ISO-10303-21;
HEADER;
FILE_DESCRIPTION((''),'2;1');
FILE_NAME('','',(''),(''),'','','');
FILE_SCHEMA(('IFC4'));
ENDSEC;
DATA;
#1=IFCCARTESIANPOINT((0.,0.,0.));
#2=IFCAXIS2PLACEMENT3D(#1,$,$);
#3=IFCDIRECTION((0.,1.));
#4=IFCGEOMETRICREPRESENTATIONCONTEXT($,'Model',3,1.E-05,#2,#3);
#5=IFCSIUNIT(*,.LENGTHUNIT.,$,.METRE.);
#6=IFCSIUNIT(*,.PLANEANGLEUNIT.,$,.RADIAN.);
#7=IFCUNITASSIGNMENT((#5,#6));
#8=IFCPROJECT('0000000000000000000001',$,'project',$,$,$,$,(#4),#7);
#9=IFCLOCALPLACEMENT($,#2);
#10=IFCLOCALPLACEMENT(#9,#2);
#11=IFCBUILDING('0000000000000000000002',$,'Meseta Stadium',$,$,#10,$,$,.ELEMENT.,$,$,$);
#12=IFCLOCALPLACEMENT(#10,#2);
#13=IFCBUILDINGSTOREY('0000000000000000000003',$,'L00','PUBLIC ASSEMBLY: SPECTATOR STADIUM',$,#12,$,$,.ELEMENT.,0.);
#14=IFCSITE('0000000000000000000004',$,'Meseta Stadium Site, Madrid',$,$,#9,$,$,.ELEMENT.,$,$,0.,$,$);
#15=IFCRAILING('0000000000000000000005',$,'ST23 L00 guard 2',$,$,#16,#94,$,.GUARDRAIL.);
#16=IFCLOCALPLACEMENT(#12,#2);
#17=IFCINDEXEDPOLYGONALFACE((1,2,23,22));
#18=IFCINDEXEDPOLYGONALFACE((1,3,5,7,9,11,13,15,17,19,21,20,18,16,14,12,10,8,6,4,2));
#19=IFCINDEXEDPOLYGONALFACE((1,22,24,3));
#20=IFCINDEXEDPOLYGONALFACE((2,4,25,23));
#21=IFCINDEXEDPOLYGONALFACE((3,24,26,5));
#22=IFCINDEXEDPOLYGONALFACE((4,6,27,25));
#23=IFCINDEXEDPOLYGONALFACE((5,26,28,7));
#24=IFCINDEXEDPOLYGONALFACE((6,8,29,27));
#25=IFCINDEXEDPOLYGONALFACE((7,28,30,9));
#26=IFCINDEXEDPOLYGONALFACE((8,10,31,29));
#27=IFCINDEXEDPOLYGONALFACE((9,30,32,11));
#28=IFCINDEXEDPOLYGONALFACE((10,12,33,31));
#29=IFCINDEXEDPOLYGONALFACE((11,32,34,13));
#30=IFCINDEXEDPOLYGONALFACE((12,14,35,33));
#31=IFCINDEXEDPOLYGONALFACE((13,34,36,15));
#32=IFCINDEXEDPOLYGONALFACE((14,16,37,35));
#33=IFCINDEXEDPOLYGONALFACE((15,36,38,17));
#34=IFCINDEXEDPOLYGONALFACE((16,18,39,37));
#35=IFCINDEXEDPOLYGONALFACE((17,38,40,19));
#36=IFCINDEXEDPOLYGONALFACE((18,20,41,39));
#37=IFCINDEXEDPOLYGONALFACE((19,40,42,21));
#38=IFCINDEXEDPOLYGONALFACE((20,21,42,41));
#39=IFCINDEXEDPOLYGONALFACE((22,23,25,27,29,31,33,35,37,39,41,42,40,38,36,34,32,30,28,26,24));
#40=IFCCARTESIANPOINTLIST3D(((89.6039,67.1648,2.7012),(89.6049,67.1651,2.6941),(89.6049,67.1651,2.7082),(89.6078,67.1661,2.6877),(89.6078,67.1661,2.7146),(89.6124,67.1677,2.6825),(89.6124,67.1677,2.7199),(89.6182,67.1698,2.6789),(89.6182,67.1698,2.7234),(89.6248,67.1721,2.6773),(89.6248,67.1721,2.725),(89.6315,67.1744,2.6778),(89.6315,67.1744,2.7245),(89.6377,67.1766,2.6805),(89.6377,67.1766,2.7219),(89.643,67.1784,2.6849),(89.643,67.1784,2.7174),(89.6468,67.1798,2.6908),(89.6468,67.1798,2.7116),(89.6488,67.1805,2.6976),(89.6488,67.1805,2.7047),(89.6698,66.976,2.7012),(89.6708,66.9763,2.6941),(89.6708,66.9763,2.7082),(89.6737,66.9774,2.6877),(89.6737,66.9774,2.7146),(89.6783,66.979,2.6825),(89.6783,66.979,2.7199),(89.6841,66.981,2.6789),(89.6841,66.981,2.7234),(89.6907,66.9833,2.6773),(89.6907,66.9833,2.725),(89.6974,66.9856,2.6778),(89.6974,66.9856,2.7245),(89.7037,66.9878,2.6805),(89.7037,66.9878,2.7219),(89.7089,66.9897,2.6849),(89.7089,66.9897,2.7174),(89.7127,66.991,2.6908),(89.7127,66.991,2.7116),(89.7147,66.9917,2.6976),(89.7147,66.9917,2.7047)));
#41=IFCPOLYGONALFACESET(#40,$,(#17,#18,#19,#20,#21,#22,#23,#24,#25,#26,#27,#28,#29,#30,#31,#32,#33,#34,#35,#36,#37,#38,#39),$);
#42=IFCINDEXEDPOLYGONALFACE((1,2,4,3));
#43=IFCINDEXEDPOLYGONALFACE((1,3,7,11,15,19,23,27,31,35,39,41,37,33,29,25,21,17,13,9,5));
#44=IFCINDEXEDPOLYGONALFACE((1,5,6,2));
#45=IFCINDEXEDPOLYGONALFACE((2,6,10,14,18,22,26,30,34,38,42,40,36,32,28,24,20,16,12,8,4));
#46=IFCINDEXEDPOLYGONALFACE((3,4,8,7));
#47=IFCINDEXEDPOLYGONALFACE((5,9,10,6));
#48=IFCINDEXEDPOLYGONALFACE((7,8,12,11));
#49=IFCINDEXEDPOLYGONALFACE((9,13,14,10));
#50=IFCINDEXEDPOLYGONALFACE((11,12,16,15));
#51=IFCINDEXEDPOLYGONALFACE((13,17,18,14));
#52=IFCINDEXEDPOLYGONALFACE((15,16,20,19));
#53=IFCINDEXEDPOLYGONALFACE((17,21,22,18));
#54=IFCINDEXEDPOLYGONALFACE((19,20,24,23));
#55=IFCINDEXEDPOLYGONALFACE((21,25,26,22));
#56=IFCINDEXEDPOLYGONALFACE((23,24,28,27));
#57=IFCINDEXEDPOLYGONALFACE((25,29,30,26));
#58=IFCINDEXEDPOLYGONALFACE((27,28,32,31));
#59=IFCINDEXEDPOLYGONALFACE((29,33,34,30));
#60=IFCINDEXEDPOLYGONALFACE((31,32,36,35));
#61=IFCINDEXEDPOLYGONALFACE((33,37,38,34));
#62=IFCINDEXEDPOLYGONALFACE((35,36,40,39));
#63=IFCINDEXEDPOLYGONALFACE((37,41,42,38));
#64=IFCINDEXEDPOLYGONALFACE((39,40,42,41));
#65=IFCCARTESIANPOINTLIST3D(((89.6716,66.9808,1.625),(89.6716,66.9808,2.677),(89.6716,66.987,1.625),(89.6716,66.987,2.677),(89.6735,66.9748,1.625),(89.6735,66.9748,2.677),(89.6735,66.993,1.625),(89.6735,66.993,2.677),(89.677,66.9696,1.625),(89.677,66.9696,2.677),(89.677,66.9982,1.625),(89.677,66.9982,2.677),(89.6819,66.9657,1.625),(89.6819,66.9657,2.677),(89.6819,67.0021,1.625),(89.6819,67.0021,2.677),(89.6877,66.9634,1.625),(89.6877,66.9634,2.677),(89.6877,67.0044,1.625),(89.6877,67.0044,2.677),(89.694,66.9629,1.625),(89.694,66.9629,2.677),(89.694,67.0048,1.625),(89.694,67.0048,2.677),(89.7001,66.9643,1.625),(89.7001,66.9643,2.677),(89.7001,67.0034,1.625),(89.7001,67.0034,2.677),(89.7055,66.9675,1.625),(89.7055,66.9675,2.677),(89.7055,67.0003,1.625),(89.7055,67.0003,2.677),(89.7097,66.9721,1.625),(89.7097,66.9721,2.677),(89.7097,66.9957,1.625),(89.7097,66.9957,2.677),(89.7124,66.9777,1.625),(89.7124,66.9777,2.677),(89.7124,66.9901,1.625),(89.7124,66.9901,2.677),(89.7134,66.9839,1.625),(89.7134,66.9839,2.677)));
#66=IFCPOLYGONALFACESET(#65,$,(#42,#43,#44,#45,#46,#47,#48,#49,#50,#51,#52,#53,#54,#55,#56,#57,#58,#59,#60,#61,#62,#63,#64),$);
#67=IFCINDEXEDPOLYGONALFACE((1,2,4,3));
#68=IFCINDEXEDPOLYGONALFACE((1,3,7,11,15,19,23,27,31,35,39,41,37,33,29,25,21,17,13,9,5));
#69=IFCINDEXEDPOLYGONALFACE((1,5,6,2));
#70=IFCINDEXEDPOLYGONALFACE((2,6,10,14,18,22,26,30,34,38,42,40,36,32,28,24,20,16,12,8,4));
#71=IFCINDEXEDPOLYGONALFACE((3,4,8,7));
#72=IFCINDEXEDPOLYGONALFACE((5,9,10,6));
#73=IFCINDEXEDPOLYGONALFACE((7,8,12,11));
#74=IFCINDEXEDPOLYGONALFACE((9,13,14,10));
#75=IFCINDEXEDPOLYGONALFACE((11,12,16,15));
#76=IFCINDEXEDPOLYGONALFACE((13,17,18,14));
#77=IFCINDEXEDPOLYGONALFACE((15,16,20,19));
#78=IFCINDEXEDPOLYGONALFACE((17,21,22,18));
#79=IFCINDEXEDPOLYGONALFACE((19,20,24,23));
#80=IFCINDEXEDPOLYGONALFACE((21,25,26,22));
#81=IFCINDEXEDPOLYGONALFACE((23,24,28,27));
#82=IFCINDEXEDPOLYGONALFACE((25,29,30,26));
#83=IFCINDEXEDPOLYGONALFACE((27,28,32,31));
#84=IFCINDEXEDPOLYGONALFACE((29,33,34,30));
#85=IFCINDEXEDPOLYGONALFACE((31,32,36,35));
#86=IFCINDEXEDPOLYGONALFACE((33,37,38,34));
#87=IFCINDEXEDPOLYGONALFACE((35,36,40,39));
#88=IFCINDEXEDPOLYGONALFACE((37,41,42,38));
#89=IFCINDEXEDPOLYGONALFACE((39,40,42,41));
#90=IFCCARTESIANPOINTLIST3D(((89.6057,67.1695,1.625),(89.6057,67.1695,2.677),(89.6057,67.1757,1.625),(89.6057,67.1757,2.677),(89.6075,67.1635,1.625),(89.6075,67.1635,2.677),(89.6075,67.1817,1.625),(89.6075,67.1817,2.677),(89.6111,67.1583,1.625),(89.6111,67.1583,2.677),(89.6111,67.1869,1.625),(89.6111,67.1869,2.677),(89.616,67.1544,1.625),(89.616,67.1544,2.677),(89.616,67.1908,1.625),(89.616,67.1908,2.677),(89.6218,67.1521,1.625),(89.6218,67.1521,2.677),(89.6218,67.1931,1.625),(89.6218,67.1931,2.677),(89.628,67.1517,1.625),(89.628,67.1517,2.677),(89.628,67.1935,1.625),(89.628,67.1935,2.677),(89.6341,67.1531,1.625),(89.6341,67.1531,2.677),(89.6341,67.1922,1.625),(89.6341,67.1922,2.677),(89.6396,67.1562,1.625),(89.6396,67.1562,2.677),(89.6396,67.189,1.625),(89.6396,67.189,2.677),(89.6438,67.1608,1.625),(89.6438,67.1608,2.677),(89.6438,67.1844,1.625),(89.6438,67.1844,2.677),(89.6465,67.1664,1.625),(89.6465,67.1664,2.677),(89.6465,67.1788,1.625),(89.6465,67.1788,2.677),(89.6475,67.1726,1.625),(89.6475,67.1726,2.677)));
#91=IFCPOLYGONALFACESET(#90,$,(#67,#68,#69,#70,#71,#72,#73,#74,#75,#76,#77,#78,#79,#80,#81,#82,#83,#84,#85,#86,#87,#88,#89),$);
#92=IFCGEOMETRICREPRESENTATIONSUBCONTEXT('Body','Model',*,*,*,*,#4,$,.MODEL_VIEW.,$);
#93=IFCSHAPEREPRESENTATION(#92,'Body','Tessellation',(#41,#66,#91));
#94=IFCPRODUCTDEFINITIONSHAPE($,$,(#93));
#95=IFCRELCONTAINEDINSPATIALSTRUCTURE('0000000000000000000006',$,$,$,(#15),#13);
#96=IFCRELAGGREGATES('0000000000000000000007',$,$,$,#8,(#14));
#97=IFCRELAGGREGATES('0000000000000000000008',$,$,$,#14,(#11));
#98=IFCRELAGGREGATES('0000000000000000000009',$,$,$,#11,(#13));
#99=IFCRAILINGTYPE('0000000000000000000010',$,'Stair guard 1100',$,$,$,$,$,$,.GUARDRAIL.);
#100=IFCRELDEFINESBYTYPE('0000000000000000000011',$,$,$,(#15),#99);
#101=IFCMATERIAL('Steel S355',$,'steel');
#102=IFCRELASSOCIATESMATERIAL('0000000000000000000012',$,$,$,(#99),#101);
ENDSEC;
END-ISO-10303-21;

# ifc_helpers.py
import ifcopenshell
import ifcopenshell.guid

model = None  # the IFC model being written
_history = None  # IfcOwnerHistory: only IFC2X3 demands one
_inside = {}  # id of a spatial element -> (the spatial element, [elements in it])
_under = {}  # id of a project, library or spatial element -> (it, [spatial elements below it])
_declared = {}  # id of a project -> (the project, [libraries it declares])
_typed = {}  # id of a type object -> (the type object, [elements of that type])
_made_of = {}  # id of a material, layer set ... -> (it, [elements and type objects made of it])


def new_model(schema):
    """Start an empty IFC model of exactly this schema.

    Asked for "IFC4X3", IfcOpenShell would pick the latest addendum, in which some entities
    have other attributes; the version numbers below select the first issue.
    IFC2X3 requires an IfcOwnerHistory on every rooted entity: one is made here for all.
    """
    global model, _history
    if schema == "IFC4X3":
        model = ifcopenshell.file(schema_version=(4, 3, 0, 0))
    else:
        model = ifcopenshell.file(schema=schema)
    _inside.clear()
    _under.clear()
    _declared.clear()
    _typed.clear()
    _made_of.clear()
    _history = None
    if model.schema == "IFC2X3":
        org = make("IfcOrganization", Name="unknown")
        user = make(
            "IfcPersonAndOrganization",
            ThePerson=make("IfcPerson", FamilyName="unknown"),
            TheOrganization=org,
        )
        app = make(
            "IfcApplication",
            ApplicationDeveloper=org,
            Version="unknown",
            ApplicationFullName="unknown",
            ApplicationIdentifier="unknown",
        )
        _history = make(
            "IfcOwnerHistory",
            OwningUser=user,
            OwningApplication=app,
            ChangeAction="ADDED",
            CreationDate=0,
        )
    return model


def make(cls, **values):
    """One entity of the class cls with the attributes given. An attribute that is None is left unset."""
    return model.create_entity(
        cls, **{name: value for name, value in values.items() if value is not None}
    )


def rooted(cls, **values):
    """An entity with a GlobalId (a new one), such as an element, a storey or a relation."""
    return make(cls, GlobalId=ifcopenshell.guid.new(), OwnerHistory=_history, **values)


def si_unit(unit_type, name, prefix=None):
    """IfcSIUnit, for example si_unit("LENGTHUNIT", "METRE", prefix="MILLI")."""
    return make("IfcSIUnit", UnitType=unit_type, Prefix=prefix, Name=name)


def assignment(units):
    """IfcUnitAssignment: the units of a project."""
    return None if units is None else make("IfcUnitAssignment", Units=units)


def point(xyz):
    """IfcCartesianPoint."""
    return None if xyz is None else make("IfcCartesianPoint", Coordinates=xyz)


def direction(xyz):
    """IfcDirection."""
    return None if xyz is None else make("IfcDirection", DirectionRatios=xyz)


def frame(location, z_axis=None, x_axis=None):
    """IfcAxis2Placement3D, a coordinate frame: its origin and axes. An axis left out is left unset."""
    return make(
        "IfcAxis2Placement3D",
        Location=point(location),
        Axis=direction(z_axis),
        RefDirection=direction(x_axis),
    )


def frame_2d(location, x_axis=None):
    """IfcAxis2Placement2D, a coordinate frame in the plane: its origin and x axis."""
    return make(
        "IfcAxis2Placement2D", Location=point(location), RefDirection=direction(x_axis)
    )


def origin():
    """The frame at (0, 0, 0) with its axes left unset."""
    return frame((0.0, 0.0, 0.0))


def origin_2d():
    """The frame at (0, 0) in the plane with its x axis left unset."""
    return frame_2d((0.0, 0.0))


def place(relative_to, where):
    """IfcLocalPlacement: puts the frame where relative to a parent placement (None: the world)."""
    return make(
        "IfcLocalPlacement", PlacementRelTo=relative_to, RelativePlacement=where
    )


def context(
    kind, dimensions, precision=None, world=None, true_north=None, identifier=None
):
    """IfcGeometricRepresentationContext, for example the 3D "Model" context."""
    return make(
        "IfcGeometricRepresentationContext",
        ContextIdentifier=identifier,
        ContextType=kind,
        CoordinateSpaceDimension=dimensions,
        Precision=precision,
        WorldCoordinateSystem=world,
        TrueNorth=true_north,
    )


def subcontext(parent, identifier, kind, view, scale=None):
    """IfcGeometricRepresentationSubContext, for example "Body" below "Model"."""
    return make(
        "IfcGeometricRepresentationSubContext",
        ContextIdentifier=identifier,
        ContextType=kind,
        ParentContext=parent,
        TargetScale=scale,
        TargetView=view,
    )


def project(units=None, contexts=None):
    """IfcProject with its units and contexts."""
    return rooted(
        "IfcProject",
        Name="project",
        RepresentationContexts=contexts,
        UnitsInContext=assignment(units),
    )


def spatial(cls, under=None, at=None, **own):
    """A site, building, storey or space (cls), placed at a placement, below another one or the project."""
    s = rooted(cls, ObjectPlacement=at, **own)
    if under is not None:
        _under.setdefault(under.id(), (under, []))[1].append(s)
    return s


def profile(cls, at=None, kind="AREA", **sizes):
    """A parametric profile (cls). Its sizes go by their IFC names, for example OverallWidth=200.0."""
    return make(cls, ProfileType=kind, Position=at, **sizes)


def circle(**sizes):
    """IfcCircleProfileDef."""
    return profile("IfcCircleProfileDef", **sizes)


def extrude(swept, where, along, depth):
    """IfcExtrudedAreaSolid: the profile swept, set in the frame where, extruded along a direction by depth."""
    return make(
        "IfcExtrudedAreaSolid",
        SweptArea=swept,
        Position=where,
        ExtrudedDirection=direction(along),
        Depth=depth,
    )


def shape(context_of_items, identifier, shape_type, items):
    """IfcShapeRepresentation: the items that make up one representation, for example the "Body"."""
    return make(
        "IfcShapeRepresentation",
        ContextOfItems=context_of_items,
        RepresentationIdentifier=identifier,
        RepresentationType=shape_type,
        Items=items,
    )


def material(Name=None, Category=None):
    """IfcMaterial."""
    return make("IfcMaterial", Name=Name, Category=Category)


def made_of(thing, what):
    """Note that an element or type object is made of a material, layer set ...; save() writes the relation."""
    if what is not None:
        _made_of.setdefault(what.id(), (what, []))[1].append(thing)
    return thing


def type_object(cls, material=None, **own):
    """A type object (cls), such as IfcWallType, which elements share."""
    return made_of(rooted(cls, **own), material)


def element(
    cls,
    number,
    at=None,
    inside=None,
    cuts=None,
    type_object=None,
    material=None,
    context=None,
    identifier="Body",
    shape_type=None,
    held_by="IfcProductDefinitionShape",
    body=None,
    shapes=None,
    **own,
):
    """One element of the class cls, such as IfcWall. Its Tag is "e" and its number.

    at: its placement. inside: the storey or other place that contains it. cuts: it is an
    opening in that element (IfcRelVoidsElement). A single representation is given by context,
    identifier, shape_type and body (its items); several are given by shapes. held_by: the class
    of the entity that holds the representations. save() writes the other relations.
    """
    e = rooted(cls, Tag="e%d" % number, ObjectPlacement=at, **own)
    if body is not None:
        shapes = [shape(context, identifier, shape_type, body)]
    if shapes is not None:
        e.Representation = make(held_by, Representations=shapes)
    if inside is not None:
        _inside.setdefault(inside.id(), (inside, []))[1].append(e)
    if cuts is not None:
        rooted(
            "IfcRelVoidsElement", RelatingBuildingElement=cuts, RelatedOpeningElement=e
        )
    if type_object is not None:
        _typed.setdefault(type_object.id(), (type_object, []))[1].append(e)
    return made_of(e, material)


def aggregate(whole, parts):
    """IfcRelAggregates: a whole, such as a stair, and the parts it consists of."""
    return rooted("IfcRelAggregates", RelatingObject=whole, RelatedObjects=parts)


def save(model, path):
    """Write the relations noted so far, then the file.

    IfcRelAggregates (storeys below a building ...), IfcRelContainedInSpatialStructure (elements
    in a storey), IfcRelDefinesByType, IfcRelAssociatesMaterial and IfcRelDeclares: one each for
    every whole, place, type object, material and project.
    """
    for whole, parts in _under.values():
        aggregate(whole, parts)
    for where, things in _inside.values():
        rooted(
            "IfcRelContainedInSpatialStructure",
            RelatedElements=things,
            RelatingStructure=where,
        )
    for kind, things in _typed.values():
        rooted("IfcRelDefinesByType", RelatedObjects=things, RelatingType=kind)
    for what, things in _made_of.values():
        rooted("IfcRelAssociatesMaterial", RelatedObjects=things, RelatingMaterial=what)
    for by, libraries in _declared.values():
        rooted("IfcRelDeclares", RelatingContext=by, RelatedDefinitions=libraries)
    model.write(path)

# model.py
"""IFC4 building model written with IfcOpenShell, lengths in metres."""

from ifc_helpers import new_model, si_unit, direction, frame, origin, origin_2d, place, context, subcontext, project, spatial, circle, extrude, material, type_object, element, save


model = new_model("IFC4")

# Units and contexts
model_context = context("Model", 3, precision=1e-05, world=origin(), true_north=direction((0.0, 1.0)))
body_context = subcontext(model_context, "Body", "Model", "MODEL_VIEW")
ifc_project = project(units=[si_unit("LENGTHUNIT", "METRE"), si_unit("PLANEANGLEUNIT", "RADIAN")], contexts=[model_context])

# Site, building, storey
site_placement = place(None, origin())
site = spatial("IfcSite", under=ifc_project, at=site_placement, Name="Meseta Stadium Site, Madrid", CompositionType="ELEMENT", RefElevation=0.0)
building_placement = place(site_placement, origin())
building = spatial("IfcBuilding", under=site, at=building_placement, Name="Meseta Stadium", CompositionType="ELEMENT")
storey_placement = place(building_placement, origin())
storey = spatial("IfcBuildingStorey", under=building, at=storey_placement, Name="L00", Description="PUBLIC ASSEMBLY: SPECTATOR STADIUM", CompositionType="ELEMENT", Elevation=0.0)

# Railing
ifc_material_1 = material(Name="Steel S355", Category="steel")
railing_type_1 = type_object("IfcRailingType", Name="Stair guard 1100", PredefinedType="GUARDRAIL", material=ifc_material_1)
railing_1_placement = place(storey_placement, frame((89.6924, 66.9839, 1.625)))
element("IfcRailing", 1, at=railing_1_placement, inside=storey, type_object=railing_type_1, Name="ST23 L00 guard 2", PredefinedType="GUARDRAIL", context=body_context, shape_type="SweptSolid", body=[
    extrude(circle(Radius=0.0239, at=origin_2d()), frame((0.0, 0.0, 1.0762), z_axis=(-0.329752, 0.944068, 0.0), x_axis=(-0.944068, -0.329752, 0.0)), (0.0, 0.0, 1.0), 0.2),
    extrude(circle(Radius=0.021, at=origin_2d()), origin(), (0.0, 0.0, 1.0), 1.052),
    extrude(circle(Radius=0.021, at=origin_2d()), frame((-0.0659, 0.1887, 0.0)), (0.0, 0.0, 1.0), 1.052),
])

save(model, "model.ifc")
